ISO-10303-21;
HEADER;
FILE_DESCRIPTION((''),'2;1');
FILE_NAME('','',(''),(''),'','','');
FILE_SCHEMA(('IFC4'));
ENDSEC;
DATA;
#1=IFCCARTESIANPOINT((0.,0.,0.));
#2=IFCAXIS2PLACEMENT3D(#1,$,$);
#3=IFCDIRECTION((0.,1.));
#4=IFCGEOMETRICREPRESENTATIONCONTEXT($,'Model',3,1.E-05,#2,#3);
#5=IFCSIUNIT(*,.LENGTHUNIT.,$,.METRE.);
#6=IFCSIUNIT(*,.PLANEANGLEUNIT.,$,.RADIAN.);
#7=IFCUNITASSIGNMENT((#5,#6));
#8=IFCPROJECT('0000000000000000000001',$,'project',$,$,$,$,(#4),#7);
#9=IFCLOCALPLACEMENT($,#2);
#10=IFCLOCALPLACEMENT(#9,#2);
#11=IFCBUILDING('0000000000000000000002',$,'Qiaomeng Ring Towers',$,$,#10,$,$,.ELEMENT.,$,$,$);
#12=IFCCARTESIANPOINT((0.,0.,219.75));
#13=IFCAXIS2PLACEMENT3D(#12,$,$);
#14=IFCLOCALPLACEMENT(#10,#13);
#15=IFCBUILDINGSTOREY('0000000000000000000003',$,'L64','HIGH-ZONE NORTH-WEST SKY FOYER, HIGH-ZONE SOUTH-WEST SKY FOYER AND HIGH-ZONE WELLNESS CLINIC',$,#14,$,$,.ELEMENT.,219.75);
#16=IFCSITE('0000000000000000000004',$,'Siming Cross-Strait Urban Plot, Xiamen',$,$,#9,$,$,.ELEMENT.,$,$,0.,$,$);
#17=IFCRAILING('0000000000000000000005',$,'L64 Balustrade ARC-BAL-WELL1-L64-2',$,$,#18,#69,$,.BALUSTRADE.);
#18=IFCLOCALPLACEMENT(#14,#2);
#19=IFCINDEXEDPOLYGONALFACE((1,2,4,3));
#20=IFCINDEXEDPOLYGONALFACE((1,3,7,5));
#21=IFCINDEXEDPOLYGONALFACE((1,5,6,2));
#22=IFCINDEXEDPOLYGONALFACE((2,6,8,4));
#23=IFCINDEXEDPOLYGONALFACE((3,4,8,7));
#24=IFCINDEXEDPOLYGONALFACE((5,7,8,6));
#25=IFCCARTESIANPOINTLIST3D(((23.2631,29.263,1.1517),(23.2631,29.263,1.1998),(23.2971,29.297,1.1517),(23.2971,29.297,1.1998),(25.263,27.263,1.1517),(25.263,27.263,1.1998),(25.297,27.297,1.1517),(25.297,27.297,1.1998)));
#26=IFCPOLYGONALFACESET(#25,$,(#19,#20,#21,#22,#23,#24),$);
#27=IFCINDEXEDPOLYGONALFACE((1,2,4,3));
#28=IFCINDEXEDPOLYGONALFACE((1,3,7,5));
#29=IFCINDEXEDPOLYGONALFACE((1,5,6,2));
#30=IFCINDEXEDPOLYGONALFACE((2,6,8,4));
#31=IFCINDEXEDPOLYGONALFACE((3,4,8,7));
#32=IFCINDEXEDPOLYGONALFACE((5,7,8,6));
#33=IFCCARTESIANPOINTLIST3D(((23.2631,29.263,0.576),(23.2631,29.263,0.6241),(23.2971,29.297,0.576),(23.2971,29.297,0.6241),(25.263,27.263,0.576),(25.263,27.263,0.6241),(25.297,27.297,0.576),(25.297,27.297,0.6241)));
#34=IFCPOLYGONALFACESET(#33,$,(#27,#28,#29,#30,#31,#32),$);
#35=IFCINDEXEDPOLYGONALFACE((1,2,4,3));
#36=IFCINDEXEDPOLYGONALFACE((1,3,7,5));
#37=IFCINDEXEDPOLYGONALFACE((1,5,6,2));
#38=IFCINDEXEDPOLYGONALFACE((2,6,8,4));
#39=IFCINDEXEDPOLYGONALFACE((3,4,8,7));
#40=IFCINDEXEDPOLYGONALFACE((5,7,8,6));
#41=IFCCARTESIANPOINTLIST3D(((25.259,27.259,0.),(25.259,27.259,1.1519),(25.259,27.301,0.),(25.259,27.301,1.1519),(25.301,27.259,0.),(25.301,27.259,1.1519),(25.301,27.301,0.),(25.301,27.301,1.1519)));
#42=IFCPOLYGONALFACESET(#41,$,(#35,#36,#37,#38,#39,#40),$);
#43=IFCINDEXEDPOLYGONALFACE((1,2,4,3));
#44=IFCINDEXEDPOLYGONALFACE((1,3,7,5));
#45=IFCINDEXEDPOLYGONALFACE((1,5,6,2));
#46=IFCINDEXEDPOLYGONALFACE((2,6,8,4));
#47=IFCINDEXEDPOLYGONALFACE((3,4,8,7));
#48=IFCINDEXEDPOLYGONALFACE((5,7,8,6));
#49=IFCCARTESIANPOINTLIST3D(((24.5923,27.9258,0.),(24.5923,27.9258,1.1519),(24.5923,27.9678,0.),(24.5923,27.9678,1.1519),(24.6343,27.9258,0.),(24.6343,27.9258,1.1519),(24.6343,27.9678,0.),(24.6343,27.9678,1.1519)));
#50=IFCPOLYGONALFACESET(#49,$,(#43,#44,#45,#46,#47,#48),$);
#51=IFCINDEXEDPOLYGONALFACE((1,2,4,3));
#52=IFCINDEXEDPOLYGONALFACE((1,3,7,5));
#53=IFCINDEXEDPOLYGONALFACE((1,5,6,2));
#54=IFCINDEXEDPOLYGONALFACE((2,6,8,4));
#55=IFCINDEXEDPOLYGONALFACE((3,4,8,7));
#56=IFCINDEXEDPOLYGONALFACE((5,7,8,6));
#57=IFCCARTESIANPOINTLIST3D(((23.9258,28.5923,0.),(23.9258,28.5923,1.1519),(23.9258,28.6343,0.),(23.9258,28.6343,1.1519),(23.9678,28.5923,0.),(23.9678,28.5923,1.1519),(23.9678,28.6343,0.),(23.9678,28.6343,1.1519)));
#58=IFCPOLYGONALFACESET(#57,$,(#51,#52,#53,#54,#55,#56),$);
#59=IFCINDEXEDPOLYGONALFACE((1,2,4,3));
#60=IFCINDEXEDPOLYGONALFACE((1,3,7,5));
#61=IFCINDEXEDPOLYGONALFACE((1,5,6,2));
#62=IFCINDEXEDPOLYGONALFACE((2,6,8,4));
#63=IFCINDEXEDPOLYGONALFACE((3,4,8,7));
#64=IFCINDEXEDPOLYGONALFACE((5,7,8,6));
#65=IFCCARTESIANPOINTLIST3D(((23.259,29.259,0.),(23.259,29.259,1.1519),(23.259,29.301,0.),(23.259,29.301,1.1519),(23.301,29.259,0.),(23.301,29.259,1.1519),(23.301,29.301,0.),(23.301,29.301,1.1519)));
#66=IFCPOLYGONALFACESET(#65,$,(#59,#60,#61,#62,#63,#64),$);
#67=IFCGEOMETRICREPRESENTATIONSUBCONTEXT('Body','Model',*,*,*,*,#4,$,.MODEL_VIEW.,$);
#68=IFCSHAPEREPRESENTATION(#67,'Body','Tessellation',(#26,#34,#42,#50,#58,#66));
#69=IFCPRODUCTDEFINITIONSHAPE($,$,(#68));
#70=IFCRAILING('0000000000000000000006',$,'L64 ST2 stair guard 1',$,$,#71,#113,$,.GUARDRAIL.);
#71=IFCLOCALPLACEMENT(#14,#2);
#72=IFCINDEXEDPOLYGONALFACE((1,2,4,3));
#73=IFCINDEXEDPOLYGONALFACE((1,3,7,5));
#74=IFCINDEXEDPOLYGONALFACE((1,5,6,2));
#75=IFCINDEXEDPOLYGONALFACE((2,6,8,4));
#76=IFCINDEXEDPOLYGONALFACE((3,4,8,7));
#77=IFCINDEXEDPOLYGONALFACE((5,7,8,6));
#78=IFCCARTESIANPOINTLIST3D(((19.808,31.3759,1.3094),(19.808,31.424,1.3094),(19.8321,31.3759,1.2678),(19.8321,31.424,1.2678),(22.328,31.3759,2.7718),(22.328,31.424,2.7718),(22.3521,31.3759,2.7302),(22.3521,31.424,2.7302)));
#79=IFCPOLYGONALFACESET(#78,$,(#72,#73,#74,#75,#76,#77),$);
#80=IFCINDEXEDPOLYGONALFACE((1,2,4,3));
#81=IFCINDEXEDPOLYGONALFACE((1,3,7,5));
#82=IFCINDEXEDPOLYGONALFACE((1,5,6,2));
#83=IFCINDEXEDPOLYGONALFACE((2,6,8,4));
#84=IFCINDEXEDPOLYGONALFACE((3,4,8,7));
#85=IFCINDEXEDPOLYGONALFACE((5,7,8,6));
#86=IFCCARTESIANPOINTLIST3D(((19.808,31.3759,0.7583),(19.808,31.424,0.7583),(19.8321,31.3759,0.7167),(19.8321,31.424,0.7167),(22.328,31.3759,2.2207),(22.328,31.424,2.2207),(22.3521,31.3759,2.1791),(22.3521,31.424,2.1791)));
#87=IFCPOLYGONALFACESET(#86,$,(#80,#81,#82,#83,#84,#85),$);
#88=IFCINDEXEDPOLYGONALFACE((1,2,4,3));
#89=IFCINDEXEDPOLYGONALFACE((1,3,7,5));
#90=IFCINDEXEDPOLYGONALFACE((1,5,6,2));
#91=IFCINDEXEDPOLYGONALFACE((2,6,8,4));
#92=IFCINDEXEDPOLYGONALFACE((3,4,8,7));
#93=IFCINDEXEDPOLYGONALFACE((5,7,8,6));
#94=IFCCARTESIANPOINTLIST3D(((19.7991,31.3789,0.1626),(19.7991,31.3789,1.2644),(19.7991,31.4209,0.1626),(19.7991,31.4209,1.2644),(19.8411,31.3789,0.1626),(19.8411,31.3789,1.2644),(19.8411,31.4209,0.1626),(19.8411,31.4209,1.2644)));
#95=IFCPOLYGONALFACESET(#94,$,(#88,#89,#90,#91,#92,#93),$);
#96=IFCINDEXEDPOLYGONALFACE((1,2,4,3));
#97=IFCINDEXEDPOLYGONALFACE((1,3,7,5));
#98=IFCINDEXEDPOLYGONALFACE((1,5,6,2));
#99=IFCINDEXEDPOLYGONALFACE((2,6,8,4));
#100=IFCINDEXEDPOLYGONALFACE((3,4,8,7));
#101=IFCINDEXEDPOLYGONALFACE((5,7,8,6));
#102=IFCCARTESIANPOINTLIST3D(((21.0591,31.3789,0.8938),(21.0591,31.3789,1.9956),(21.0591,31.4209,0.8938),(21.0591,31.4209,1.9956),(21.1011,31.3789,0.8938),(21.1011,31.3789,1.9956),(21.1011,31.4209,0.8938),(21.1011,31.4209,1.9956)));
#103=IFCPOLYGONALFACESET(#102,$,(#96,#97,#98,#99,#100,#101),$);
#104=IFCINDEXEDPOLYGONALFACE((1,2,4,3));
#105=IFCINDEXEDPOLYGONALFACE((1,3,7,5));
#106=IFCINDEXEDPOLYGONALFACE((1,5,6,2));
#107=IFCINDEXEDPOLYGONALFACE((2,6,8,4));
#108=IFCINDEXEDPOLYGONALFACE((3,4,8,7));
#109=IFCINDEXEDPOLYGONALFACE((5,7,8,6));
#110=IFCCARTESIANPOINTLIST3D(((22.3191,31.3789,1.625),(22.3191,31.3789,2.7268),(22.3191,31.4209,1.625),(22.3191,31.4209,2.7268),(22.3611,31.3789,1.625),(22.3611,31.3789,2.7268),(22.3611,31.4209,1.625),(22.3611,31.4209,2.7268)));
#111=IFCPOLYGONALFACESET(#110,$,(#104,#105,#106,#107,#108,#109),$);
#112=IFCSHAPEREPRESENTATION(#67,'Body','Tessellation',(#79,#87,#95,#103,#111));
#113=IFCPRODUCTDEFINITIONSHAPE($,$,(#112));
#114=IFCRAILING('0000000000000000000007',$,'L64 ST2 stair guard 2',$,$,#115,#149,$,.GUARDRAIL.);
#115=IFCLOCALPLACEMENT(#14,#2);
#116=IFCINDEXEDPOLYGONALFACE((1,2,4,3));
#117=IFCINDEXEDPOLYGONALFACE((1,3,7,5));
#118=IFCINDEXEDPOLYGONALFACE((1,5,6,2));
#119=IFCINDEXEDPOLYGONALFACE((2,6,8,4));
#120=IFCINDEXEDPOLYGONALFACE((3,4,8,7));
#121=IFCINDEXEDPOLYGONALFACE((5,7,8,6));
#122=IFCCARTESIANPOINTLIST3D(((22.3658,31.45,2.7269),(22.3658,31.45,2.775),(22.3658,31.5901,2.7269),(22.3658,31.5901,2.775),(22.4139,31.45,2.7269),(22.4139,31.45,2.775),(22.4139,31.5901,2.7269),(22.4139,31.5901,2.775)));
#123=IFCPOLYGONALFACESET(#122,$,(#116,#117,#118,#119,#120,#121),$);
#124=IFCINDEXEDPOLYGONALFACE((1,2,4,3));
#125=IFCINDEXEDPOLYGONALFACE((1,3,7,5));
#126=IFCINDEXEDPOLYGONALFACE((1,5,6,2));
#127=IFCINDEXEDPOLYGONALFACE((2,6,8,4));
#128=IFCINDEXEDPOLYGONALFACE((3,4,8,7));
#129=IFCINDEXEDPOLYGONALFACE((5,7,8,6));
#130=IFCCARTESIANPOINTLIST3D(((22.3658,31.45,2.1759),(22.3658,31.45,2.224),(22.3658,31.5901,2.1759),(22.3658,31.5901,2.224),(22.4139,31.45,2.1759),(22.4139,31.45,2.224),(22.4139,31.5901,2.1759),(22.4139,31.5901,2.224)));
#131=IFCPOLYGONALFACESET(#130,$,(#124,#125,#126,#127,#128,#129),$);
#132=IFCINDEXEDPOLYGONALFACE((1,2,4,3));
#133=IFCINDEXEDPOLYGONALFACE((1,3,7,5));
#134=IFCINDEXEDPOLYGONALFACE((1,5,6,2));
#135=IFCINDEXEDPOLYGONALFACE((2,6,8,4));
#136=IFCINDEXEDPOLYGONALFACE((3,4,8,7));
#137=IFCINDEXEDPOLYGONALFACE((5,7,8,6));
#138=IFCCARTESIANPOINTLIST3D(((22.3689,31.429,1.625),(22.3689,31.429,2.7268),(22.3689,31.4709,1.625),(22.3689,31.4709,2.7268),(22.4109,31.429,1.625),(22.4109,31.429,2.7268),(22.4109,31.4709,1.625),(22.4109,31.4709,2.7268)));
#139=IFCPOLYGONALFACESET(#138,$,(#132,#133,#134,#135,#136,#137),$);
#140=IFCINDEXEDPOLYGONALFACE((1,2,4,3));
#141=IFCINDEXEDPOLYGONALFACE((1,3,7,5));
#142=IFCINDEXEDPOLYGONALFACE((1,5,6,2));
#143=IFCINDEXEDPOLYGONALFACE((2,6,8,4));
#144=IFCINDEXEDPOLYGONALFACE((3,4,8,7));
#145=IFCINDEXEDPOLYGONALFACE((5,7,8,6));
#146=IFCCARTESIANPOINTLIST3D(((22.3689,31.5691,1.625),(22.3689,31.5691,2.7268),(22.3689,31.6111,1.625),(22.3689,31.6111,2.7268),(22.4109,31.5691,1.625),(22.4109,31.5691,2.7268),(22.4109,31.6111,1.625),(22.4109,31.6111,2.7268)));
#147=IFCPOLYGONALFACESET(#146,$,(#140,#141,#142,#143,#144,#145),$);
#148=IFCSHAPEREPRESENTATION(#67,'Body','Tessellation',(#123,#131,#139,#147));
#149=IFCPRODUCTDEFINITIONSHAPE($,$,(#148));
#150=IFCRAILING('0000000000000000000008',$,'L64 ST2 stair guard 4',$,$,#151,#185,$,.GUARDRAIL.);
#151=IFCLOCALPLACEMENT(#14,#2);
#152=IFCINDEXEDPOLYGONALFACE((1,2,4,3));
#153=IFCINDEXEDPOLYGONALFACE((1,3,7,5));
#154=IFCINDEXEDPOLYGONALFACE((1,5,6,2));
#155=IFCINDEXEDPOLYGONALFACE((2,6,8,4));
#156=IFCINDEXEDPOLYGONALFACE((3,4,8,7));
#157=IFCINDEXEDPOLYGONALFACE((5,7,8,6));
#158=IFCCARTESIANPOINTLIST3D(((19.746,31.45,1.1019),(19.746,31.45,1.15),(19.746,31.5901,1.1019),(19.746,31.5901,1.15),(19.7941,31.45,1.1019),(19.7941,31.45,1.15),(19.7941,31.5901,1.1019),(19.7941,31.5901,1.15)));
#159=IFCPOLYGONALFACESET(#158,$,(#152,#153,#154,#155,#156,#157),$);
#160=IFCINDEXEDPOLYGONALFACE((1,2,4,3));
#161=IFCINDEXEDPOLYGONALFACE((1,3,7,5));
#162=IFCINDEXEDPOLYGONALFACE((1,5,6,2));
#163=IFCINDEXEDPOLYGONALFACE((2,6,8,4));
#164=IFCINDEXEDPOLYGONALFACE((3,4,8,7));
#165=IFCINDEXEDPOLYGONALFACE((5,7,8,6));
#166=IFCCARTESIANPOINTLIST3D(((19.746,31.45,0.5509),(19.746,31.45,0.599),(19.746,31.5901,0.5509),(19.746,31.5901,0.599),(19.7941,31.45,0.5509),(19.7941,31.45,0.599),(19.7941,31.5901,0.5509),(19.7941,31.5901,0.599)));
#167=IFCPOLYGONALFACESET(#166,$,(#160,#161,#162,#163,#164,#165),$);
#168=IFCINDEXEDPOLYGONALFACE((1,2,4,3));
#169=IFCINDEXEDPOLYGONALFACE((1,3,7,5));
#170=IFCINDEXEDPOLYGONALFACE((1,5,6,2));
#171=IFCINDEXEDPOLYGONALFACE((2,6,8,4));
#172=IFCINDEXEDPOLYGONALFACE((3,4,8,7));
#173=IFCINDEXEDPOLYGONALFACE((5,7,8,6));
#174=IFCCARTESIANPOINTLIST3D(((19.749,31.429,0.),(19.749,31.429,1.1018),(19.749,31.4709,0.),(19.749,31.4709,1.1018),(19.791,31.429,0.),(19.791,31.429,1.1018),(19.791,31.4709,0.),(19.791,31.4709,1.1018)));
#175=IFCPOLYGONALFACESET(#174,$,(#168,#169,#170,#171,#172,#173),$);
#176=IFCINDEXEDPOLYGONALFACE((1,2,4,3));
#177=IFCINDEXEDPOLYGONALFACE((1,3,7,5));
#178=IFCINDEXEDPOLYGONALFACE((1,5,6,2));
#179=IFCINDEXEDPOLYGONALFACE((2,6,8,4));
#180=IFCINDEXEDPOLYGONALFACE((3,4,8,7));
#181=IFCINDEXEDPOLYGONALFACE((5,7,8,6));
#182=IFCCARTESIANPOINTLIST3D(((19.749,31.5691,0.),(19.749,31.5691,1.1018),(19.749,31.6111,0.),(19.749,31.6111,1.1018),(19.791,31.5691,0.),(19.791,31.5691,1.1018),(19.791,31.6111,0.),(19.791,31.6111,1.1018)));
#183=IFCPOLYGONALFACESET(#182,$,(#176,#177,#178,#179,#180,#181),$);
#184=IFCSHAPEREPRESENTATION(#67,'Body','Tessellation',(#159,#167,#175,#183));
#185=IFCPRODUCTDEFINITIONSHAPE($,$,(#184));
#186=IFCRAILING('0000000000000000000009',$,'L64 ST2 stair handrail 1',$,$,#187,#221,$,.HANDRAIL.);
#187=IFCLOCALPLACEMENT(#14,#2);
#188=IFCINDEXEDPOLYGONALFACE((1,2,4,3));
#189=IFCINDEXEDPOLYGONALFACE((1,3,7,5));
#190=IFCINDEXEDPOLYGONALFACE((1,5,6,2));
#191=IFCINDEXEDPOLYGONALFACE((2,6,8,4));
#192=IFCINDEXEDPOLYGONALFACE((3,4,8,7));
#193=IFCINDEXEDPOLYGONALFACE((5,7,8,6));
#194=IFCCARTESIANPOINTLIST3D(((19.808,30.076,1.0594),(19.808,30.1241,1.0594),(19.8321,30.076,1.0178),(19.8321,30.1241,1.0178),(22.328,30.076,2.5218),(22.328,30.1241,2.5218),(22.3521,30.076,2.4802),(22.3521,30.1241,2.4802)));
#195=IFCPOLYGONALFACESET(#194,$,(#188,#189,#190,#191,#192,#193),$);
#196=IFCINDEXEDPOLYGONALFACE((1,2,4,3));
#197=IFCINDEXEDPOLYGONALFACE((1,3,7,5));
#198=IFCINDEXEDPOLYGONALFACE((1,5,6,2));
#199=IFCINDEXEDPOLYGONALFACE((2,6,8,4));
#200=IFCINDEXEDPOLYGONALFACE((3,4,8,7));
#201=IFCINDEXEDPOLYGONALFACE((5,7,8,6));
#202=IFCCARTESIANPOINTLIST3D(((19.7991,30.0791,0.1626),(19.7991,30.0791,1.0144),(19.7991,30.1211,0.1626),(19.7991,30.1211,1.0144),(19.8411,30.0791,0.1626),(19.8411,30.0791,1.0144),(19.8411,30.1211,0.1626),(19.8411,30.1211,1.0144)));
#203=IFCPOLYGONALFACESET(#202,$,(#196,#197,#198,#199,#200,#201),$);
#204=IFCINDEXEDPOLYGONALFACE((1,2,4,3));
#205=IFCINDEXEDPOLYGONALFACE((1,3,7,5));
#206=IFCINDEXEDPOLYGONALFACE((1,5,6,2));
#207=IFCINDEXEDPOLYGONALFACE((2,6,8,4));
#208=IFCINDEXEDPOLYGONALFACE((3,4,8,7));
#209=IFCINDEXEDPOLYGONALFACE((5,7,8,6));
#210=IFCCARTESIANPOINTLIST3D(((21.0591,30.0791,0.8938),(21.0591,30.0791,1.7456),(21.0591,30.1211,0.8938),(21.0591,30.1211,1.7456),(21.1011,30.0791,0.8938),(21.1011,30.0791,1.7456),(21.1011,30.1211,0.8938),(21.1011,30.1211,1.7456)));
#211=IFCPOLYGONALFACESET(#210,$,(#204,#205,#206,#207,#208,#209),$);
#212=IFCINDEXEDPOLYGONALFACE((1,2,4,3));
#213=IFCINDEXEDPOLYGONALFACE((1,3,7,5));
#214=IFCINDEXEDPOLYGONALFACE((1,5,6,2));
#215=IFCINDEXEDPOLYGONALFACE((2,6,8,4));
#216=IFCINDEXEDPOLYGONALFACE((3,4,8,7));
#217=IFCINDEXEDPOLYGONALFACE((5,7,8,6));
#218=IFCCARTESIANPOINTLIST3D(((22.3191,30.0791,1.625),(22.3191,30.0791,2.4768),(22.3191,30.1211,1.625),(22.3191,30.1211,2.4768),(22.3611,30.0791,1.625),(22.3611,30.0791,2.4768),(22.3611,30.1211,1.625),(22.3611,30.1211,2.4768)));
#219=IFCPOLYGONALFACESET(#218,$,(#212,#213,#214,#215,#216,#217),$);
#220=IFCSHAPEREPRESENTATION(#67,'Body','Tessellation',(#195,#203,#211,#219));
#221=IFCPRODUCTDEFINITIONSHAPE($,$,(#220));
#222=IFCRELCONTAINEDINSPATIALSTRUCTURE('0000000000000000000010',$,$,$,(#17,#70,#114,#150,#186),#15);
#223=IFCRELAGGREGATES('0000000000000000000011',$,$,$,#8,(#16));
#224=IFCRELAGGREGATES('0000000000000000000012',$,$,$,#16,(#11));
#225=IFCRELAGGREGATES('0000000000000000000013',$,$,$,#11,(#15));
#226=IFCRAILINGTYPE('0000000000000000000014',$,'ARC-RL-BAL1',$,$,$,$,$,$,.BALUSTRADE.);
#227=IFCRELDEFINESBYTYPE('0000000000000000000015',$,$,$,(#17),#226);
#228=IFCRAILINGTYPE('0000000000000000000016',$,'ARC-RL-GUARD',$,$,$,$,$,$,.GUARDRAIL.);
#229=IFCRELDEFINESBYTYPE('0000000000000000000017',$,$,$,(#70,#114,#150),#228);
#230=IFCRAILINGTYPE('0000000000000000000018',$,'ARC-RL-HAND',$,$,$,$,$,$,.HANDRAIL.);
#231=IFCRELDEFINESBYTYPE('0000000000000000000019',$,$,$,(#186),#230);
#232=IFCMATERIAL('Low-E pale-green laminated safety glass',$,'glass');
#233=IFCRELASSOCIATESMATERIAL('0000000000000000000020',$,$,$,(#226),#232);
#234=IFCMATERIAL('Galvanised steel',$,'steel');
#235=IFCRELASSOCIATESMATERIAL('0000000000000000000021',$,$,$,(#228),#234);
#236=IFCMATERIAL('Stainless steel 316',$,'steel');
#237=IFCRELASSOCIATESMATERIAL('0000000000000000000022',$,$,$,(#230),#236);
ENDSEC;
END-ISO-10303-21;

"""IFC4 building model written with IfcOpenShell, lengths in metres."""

from ifc_helpers import new_model, si_unit, direction, frame, origin, origin_2d, place, context, subcontext, project, spatial, rectangle, extrude, material, type_object, element, save


model = new_model("IFC4")

# Units and contexts
model_context = context("Model", 3, precision=1e-05, world=origin(), true_north=direction((0.0, 1.0)))
body_context = subcontext(model_context, "Body", "Model", "MODEL_VIEW")
ifc_project = project(units=[si_unit("LENGTHUNIT", "METRE"), si_unit("PLANEANGLEUNIT", "RADIAN")], contexts=[model_context])

# Site, building, storey
site_placement = place(None, origin())
site = spatial("IfcSite", under=ifc_project, at=site_placement, Name="Siming Cross-Strait Urban Plot, Xiamen", CompositionType="ELEMENT", RefElevation=0.0)
building_placement = place(site_placement, origin())
building = spatial("IfcBuilding", under=site, at=building_placement, Name="Qiaomeng Ring Towers", CompositionType="ELEMENT")
storey_placement = place(building_placement, frame((0.0, 0.0, 219.75)))
storey = spatial("IfcBuildingStorey", under=building, at=storey_placement, Name="L64", Description="HIGH-ZONE NORTH-WEST SKY FOYER, HIGH-ZONE SOUTH-WEST SKY FOYER AND HIGH-ZONE WELLNESS CLINIC", CompositionType="ELEMENT", Elevation=219.75)

# Shared definitions
ifc_material_1 = material(Name="Stainless steel 316", Category="steel")

# Shared definitions
ifc_material_2 = material(Name="Galvanised steel", Category="steel")

# Railings
ifc_material_3 = material(Name="Low-E pale-green laminated safety glass", Category="glass")
railing_type_1 = type_object("IfcRailingType", Name="ARC-RL-BAL1", PredefinedType="BALUSTRADE", material=ifc_material_3)
railing_1_placement = place(storey_placement, frame((25.28, 27.28, 0.0)))
element("IfcRailing", 1, at=railing_1_placement, inside=storey, type_object=railing_type_1, Name="L64 Balustrade ARC-BAL-WELL1-L64-2", PredefinedType="BALUSTRADE", context=body_context, shape_type="SweptSolid", body=[
    extrude(rectangle(XDim=0.0481, YDim=0.0481, at=origin_2d()), frame((0.0, 0.0, 1.1758), z_axis=(-0.707107, 0.707107, 0.0), x_axis=(-0.707107, -0.707107, 0.0)), (0.0, 0.0, 1.0), 2.8284),
    extrude(rectangle(XDim=0.0481, YDim=0.0481, at=origin_2d()), frame((0.0, 0.0, 0.6001), z_axis=(-0.707107, 0.707107, 0.0), x_axis=(-0.707107, -0.707107, 0.0)), (0.0, 0.0, 1.0), 2.8284),
    extrude(rectangle(XDim=0.042, YDim=0.042, at=origin_2d()), origin(), (0.0, 0.0, 1.0), 1.1519),
    extrude(rectangle(XDim=0.042, YDim=0.042, at=origin_2d()), frame((-0.6667, 0.6667, 0.0)), (0.0, 0.0, 1.0), 1.1519),
    extrude(rectangle(XDim=0.042, YDim=0.042, at=origin_2d()), frame((-1.3333, 1.3333, 0.0)), (0.0, 0.0, 1.0), 1.1519),
    extrude(rectangle(XDim=0.042, YDim=0.042, at=origin_2d()), frame((-2.0, 2.0, 0.0)), (0.0, 0.0, 1.0), 1.1519),
])
railing_type_2 = type_object("IfcRailingType", Name="ARC-RL-GUARD", PredefinedType="GUARDRAIL", material=ifc_material_2)
railing_2_placement = place(storey_placement, frame((19.8201, 31.3999, 0.1626)))
element("IfcRailing", 2, at=railing_2_placement, inside=storey, type_object=railing_type_2, Name="L64 ST2 stair guard 1", PredefinedType="GUARDRAIL", context=body_context, shape_type="SweptSolid", body=[
    extrude(rectangle(XDim=0.0481, YDim=0.0481, at=origin_2d()), frame((0.0, 0.0, 1.126), z_axis=(0.864913, 0.0, 0.501921), x_axis=(0.0, 1.0, 0.0)), (0.0, 0.0, 1.0), 2.9136),
    extrude(rectangle(XDim=0.0481, YDim=0.0481, at=origin_2d()), frame((0.0, 0.0, 0.575), z_axis=(0.864913, 0.0, 0.501921), x_axis=(0.0, 1.0, 0.0)), (0.0, 0.0, 1.0), 2.9136),
    extrude(rectangle(XDim=0.042, YDim=0.042, at=origin_2d()), origin(), (0.0, 0.0, 1.0), 1.1018),
    extrude(rectangle(XDim=0.042, YDim=0.042, at=origin_2d()), frame((1.26, 0.0, 0.7312)), (0.0, 0.0, 1.0), 1.1018),
    extrude(rectangle(XDim=0.042, YDim=0.042, at=origin_2d()), frame((2.52, 0.0, 1.4624)), (0.0, 0.0, 1.0), 1.1018),
])
for number, where, name in (
    (3, (22.3899, 31.45, 1.625), "L64 ST2 stair guard 2"),
    (4, (19.77, 31.45, 0.0), "L64 ST2 stair guard 4"),
):
    element("IfcRailing", number, at=place(storey_placement, frame(where)), inside=storey, type_object=railing_type_2, Name=name, PredefinedType="GUARDRAIL", context=body_context, shape_type="SweptSolid", body=[
        extrude(rectangle(XDim=0.0481, YDim=0.0481, at=origin_2d()), frame((0.0, 0.0, 1.126), z_axis=(0.0, 1.0, 0.0), x_axis=(-1.0, 0.0, 0.0)), (0.0, 0.0, 1.0), 0.1401),
        extrude(rectangle(XDim=0.0481, YDim=0.0481, at=origin_2d()), frame((0.0, 0.0, 0.575), z_axis=(0.0, 1.0, 0.0), x_axis=(-1.0, 0.0, 0.0)), (0.0, 0.0, 1.0), 0.1401),
        extrude(rectangle(XDim=0.042, YDim=0.042, at=origin_2d()), origin(), (0.0, 0.0, 1.0), 1.1018),
        extrude(rectangle(XDim=0.042, YDim=0.042, at=origin_2d()), frame((0.0, 0.1401, 0.0)), (0.0, 0.0, 1.0), 1.1018),
    ])
railing_type_3 = type_object("IfcRailingType", Name="ARC-RL-HAND", PredefinedType="HANDRAIL", material=ifc_material_1)
railing_3_placement = place(storey_placement, frame((19.8201, 30.1001, 0.1626)))
element("IfcRailing", 5, at=railing_3_placement, inside=storey, type_object=railing_type_3, Name="L64 ST2 stair handrail 1", PredefinedType="HANDRAIL", context=body_context, shape_type="SweptSolid", body=[
    extrude(rectangle(XDim=0.0481, YDim=0.0481, at=origin_2d()), frame((0.0, 0.0, 0.876), z_axis=(0.864913, 0.0, 0.501921), x_axis=(0.0, 1.0, 0.0)), (0.0, 0.0, 1.0), 2.9136),
    extrude(rectangle(XDim=0.042, YDim=0.042, at=origin_2d()), origin(), (0.0, 0.0, 1.0), 0.8518),
    extrude(rectangle(XDim=0.042, YDim=0.042, at=origin_2d()), frame((1.26, 0.0, 0.7312)), (0.0, 0.0, 1.0), 0.8518),
    extrude(rectangle(XDim=0.042, YDim=0.042, at=origin_2d()), frame((2.52, 0.0, 1.4624)), (0.0, 0.0, 1.0), 0.8518),
])

save(model, "model.ifc")
